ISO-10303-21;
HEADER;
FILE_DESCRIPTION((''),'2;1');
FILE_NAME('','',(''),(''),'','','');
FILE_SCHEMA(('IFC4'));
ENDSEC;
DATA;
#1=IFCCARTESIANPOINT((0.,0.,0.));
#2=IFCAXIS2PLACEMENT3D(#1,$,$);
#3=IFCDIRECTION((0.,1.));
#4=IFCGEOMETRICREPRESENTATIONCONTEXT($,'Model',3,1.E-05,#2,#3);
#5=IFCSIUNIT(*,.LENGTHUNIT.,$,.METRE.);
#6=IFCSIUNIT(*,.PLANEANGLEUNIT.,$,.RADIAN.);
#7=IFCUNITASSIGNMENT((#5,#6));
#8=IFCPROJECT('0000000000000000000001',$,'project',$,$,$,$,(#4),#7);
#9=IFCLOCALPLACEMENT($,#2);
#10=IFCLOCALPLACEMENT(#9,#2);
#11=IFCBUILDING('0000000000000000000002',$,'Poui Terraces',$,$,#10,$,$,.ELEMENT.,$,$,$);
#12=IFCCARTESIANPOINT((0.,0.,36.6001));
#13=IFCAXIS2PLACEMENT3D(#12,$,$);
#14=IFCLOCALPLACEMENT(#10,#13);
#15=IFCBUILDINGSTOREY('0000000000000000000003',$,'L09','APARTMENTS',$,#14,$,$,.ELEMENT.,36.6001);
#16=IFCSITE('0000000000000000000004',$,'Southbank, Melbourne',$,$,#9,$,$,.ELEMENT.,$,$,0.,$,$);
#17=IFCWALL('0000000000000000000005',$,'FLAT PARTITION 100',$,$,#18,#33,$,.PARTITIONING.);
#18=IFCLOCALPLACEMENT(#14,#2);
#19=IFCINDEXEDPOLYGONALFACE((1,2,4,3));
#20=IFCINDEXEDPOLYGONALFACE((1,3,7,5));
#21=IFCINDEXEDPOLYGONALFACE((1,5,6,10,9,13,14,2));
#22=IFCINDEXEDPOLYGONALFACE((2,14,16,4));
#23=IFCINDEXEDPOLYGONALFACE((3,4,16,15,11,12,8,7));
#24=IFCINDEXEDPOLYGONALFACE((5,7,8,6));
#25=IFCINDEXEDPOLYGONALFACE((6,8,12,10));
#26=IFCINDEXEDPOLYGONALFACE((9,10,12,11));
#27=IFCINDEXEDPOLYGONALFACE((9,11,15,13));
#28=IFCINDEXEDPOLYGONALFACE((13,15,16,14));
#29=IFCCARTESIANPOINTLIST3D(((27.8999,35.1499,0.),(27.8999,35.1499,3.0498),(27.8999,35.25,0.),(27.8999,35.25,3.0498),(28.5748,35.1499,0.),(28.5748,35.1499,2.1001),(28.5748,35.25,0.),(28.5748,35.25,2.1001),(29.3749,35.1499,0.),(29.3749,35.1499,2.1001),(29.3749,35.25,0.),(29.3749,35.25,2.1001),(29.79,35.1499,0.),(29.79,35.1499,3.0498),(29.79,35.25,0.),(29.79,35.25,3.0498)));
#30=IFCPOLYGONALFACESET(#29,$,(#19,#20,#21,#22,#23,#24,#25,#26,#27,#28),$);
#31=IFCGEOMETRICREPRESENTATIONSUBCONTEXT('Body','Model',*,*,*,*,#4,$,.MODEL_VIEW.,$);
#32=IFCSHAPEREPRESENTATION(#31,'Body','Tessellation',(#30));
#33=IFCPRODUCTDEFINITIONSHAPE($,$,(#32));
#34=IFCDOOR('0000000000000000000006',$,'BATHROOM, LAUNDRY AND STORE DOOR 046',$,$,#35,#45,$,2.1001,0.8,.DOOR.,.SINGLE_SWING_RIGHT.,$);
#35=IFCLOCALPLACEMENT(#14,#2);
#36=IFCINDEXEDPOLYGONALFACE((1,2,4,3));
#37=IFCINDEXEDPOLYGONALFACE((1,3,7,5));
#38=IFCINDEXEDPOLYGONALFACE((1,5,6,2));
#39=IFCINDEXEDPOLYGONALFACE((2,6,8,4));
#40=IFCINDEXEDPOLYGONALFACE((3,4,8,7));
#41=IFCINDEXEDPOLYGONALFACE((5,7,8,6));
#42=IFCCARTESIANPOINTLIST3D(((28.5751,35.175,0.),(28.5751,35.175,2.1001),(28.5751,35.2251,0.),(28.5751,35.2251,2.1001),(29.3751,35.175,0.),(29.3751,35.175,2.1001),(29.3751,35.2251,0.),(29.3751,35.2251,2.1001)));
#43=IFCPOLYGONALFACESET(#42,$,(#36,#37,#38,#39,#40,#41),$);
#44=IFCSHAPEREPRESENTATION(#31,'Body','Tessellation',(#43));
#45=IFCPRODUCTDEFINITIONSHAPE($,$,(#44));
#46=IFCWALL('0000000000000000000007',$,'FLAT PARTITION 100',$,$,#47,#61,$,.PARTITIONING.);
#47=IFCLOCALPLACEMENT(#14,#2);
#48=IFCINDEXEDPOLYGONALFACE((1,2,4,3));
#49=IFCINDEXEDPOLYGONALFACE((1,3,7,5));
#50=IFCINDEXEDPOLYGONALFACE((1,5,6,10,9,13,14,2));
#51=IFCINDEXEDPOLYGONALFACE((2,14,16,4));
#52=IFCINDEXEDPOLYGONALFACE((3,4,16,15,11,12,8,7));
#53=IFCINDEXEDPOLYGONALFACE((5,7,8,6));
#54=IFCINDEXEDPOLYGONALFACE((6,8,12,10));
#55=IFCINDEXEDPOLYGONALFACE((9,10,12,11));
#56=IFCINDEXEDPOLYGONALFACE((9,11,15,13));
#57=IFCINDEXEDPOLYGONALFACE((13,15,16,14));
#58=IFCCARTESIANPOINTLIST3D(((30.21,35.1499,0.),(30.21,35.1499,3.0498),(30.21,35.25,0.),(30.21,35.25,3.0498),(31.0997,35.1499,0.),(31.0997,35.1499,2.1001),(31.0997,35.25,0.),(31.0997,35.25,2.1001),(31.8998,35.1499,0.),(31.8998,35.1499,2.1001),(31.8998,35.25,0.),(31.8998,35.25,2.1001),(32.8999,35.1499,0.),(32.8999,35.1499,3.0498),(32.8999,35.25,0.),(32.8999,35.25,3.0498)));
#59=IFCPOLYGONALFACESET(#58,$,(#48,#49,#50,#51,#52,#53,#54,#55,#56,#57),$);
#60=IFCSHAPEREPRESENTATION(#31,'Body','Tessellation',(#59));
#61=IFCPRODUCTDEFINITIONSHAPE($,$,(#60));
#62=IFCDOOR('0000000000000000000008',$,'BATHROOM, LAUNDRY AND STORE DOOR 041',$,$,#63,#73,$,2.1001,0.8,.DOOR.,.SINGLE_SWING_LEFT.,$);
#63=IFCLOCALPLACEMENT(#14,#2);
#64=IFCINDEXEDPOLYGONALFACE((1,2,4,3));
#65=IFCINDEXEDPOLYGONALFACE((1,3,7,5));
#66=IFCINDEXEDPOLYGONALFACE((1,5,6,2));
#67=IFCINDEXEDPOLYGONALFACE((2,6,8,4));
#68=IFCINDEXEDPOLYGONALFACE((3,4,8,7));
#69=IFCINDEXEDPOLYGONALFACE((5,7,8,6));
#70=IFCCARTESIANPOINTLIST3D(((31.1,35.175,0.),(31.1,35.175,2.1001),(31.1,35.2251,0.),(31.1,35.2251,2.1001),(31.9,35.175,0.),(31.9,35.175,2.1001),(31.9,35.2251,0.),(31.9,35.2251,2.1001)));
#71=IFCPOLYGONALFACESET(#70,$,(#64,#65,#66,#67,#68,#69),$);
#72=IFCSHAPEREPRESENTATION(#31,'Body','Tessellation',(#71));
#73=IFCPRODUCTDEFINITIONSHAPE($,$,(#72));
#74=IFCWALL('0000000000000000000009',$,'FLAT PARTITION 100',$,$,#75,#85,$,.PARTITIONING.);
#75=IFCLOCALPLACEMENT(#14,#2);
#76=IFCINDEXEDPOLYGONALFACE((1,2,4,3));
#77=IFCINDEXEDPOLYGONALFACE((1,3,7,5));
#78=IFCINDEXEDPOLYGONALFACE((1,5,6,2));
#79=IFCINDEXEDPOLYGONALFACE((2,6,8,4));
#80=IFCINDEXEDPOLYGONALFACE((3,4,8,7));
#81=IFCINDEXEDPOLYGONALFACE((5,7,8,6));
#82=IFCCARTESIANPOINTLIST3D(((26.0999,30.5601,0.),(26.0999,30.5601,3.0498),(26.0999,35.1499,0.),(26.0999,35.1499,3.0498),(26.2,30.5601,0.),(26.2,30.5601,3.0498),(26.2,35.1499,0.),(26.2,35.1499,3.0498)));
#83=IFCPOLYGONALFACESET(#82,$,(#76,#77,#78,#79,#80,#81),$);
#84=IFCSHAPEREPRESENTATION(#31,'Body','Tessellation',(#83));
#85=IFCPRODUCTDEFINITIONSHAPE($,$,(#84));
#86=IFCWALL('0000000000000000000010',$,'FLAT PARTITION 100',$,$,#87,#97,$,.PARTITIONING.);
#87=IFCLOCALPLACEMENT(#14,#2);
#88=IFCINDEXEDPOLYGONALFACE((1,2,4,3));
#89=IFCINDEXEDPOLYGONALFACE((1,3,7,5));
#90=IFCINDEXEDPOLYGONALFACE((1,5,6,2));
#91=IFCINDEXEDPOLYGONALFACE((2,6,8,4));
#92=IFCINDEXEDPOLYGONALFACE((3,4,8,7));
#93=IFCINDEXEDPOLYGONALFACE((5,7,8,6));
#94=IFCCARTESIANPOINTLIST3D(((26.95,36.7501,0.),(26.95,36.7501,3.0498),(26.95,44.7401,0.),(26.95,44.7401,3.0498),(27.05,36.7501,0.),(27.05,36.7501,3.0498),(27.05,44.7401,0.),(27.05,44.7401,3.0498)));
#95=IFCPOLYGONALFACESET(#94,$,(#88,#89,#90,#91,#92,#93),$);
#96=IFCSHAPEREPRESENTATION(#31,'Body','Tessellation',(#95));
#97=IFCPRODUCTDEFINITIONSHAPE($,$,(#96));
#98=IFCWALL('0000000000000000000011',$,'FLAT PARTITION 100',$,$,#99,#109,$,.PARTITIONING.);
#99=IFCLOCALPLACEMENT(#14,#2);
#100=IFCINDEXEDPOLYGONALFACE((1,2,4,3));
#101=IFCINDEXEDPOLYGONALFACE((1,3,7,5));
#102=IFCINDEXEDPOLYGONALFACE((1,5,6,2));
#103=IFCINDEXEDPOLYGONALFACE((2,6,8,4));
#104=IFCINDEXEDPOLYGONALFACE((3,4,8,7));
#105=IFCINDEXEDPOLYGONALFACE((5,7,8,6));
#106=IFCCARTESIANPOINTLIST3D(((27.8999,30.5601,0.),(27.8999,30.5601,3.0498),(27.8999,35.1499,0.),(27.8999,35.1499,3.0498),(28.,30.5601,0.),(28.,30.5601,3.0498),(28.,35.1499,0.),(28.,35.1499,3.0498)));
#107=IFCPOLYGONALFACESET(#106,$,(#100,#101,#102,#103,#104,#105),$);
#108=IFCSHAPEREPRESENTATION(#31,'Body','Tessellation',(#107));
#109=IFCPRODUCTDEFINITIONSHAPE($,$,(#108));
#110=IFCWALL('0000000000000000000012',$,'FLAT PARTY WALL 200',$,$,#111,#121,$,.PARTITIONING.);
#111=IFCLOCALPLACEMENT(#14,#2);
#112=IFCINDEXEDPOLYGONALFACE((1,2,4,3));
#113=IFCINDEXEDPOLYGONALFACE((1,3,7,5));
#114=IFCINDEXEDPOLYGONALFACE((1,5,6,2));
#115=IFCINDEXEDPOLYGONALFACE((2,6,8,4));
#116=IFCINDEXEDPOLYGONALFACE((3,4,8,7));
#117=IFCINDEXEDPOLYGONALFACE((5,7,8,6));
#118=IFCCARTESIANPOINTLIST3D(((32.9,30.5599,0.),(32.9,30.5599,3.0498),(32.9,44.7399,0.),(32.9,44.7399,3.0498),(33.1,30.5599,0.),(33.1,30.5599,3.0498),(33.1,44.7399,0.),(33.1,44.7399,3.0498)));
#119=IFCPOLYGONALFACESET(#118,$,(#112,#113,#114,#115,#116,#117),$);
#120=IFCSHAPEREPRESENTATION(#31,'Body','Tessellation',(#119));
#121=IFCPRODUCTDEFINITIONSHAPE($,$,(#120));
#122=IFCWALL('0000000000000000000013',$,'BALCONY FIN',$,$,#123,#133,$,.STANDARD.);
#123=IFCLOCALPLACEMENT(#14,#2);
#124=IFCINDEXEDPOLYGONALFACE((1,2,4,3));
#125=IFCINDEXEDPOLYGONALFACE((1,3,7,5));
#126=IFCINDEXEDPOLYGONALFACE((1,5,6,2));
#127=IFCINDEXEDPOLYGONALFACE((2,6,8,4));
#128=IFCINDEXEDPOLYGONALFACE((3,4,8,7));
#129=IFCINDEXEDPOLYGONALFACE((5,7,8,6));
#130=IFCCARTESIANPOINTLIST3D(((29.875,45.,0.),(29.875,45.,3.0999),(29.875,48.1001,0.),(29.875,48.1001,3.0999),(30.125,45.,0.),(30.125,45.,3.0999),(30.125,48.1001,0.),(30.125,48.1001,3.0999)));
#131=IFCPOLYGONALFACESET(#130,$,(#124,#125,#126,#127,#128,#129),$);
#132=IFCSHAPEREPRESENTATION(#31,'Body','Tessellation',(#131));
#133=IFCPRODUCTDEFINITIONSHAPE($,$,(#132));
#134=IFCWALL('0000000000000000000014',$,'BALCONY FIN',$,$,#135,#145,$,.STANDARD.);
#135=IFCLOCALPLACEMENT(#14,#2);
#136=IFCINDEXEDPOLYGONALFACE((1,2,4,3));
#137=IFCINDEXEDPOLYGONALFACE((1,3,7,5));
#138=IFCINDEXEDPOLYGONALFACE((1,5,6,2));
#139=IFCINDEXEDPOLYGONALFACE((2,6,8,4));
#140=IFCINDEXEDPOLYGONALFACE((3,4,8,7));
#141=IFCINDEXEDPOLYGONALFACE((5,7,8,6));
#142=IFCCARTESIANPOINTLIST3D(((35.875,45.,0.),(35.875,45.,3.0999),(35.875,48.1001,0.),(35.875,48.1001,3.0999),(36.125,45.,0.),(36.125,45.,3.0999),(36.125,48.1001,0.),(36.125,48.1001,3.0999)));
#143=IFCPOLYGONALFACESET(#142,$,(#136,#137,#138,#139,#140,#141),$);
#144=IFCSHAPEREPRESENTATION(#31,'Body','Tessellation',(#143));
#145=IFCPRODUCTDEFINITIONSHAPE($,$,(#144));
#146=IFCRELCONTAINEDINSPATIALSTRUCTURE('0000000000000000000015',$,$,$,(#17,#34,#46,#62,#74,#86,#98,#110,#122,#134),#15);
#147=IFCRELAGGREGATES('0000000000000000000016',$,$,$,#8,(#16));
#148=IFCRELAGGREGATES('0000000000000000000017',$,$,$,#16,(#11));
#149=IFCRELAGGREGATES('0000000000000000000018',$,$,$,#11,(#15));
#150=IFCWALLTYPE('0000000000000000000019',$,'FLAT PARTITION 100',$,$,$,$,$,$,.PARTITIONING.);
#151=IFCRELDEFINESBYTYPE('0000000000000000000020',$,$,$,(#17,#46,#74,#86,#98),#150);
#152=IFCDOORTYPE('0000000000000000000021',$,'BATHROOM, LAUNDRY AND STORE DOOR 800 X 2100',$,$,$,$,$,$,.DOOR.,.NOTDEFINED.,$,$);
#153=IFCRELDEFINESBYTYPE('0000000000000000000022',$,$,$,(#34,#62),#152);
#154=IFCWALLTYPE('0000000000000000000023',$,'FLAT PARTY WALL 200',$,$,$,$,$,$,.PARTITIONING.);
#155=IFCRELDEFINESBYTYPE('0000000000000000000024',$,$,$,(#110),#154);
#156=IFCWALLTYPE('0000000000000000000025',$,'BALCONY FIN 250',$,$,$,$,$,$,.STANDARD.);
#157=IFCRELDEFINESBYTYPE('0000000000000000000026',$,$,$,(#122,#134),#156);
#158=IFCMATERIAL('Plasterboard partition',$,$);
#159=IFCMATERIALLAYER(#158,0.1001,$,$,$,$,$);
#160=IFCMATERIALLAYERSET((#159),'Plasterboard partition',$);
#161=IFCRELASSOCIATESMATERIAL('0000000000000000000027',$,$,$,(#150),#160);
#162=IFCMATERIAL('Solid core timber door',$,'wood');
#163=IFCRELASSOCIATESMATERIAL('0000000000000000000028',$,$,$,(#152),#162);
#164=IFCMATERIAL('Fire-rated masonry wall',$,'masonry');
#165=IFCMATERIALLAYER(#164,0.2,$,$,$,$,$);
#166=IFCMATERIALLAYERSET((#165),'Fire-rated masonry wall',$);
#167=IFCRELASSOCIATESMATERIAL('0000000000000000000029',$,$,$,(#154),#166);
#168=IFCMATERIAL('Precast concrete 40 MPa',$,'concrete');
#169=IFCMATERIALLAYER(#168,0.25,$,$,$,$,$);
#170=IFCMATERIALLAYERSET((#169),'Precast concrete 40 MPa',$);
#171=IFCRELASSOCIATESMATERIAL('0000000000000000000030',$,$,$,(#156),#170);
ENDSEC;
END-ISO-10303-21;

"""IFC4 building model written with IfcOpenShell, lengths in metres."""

from ifc_helpers import new_model, si_unit, direction, frame, frame_2d, origin, place, context, subcontext, project, spatial, polyline, rectangle, outline, extrude, source, transform, mapped, material, layer, layer_set, type_object, element, fill, save


model = new_model("IFC4")

# Units and contexts
model_context = context("Model", 3, precision=1e-05, world=origin(), true_north=direction((0.0, 1.0)))
body_context = subcontext(model_context, "Body", "Model", "MODEL_VIEW")
ifc_project = project(units=[si_unit("LENGTHUNIT", "METRE"), si_unit("PLANEANGLEUNIT", "RADIAN")], contexts=[model_context])

# Site, building, storey
site_placement = place(None, origin())
site = spatial("IfcSite", under=ifc_project, at=site_placement, Name="Southbank, Melbourne", CompositionType="ELEMENT", RefElevation=0.0)
building_placement = place(site_placement, origin())
building = spatial("IfcBuilding", under=site, at=building_placement, Name="Poui Terraces", CompositionType="ELEMENT")
storey_placement = place(building_placement, frame((0.0, 0.0, 36.6001)))
storey = spatial("IfcBuildingStorey", under=building, at=storey_placement, Name="L09", Description="APARTMENTS", CompositionType="ELEMENT", Elevation=36.6001)

# Walls, openings, doors
ifc_material_1 = material(Name="Solid core timber door", Category="wood")
ifc_material_2 = material(Name="Plasterboard partition")
ifc_layer_1 = layer(ifc_material_2, 0.1001)
ifc_layer_set_1 = layer_set([ifc_layer_1], Name="Plasterboard partition")
wall_type_1 = type_object("IfcWallType", Name="FLAT PARTITION 100", PredefinedType="PARTITIONING", material=ifc_layer_set_1)
door_type_1 = type_object("IfcDoorType", Name="BATHROOM, LAUNDRY AND STORE DOOR 800 X 2100", OperationType="NOTDEFINED", PredefinedType="DOOR", material=ifc_material_1)
wall_1_placement = place(storey_placement, frame((27.8999, 35.2, 0.0), z_axis=(0.0, 0.0, 1.0), x_axis=(1.0, 0.0, 0.0)))
wall_1 = element("IfcWall", 1, at=wall_1_placement, inside=storey, type_object=wall_type_1, Name="FLAT PARTITION 100", PredefinedType="PARTITIONING", context=body_context, shape_type="SweptSolid", body=[
    extrude(rectangle(XDim=1.8901, YDim=0.1001, at=frame_2d((0.9451, 0.0))), origin(), (0.0, 0.0, 1.0), 3.0498),
])
opening_1_placement = place(wall_1_placement, frame((0.675, 0.0, 0.0)))
opening_1 = element("IfcOpeningElement", 2, at=opening_1_placement, cuts=wall_1, PredefinedType="OPENING", context=body_context, shape_type="SweptSolid", body=[
    extrude(rectangle(XDim=0.8, YDim=2.1001, at=frame_2d((0.3999, 1.05))), frame((0.0, 0.0601, 0.0), z_axis=(0.0, -1.0, 0.0), x_axis=(1.0, 0.0, 0.0)), (0.0, 0.0, 1.0), 0.1201),
])
door_1_placement = place(opening_1_placement, frame((0.8, 0.0, 0.0), z_axis=(0.0, 0.0, 1.0), x_axis=(-1.0, 0.0, 0.0)))
door_1 = element("IfcDoor", 3, at=door_1_placement, inside=storey, type_object=door_type_1, Name="BATHROOM, LAUNDRY AND STORE DOOR 046", OperationType="SINGLE_SWING_RIGHT", OverallHeight=2.1001, OverallWidth=0.8, PredefinedType="DOOR", context=body_context, shape_type="SweptSolid", body=[
    extrude(rectangle(XDim=0.8, YDim=2.1001, at=frame_2d((0.3999, 1.05))), frame((0.0, 0.0249, 0.0), z_axis=(0.0, -1.0, 0.0), x_axis=(1.0, 0.0, 0.0)), (0.0, 0.0, 1.0), 0.05),
])
fill(opening_1, door_1)
wall_2_placement = place(storey_placement, frame((30.21, 35.2, 0.0), z_axis=(0.0, 0.0, 1.0), x_axis=(1.0, 0.0, 0.0)))
wall_2 = element("IfcWall", 4, at=wall_2_placement, inside=storey, type_object=wall_type_1, Name="FLAT PARTITION 100", PredefinedType="PARTITIONING", context=body_context, shape_type="SweptSolid", body=[
    extrude(rectangle(XDim=2.6899, YDim=0.1001, at=frame_2d((1.345, 0.0))), origin(), (0.0, 0.0, 1.0), 3.0498),
])
opening_2_placement = place(wall_2_placement, frame((0.8899, 0.0, 0.0)))
opening_2 = element("IfcOpeningElement", 5, at=opening_2_placement, cuts=wall_2, PredefinedType="OPENING", context=body_context, shape_type="SweptSolid", body=[
    extrude(rectangle(XDim=0.8, YDim=2.1001, at=frame_2d((0.3999, 1.05))), frame((0.0, 0.0601, 0.0), z_axis=(0.0, -1.0, 0.0), x_axis=(1.0, 0.0, 0.0)), (0.0, 0.0, 1.0), 0.1201),
])
door_2_placement = place(opening_2_placement, frame((0.8, 0.0, 0.0), z_axis=(0.0, 0.0, 1.0), x_axis=(-1.0, 0.0, 0.0)))
door_2 = element("IfcDoor", 6, at=door_2_placement, inside=storey, type_object=door_type_1, Name="BATHROOM, LAUNDRY AND STORE DOOR 041", OperationType="SINGLE_SWING_LEFT", OverallHeight=2.1001, OverallWidth=0.8, PredefinedType="DOOR", context=body_context, shape_type="SweptSolid", body=[
    extrude(rectangle(XDim=0.8, YDim=2.1001, at=frame_2d((0.3999, 1.05))), frame((0.0, 0.0249, 0.0), z_axis=(0.0, -1.0, 0.0), x_axis=(1.0, 0.0, 0.0)), (0.0, 0.0, 1.0), 0.05),
])
fill(opening_2, door_2)

# Walls
wall_3_placement = place(storey_placement, frame((26.1499, 30.5601, 0.0), z_axis=(0.0, 0.0, 1.0), x_axis=(0.0, 1.0, 0.0)))
element("IfcWall", 7, at=wall_3_placement, inside=storey, type_object=wall_type_1, Name="FLAT PARTITION 100", PredefinedType="PARTITIONING", context=body_context, shape_type="SweptSolid", body=[
    extrude(rectangle(XDim=4.5898, YDim=0.1001, at=frame_2d((2.2949, 0.0))), origin(), (0.0, 0.0, 1.0), 3.0498),
])
wall_4_placement = place(storey_placement, frame((27.0, 36.75, 0.0), z_axis=(0.0, 0.0, 1.0), x_axis=(0.0, 1.0, 0.0)))
element("IfcWall", 8, at=wall_4_placement, inside=storey, type_object=wall_type_1, Name="FLAT PARTITION 100", PredefinedType="PARTITIONING", context=body_context, shape_type="SweptSolid", body=[
    extrude(rectangle(XDim=7.99, YDim=0.1001, at=frame_2d((3.9951, 0.0))), origin(), (0.0, 0.0, 1.0), 3.0498),
])
wall_5_placement = place(storey_placement, frame((27.95, 30.5601, 0.0), z_axis=(0.0, 0.0, 1.0), x_axis=(0.0, 1.0, 0.0)))
element("IfcWall", 9, at=wall_5_placement, inside=storey, type_object=wall_type_1, Name="FLAT PARTITION 100", PredefinedType="PARTITIONING", context=body_context, shape_type="SweptSolid", body=[
    extrude(rectangle(XDim=4.5898, YDim=0.1001, at=frame_2d((2.2949, 0.0))), origin(), (0.0, 0.0, 1.0), 3.0498),
])
ifc_material_3 = material(Name="Fire-rated masonry wall", Category="masonry")
ifc_layer_2 = layer(ifc_material_3, 0.2)
ifc_layer_set_2 = layer_set([ifc_layer_2], Name="Fire-rated masonry wall")
wall_type_2 = type_object("IfcWallType", Name="FLAT PARTY WALL 200", PredefinedType="PARTITIONING", material=ifc_layer_set_2)
wall_6_placement = place(storey_placement, frame((33.0, 30.5601, 0.0), z_axis=(0.0, 0.0, 1.0), x_axis=(0.0, 1.0, 0.0)))
element("IfcWall", 10, at=wall_6_placement, inside=storey, type_object=wall_type_2, Name="FLAT PARTY WALL 200", PredefinedType="PARTITIONING", context=body_context, shape_type="SweptSolid", body=[
    extrude(rectangle(XDim=14.1799, YDim=0.2, at=frame_2d((7.0898, 0.0))), origin(), (0.0, 0.0, 1.0), 3.0498),
])
ifc_material_4 = material(Name="Precast concrete 40 MPa", Category="concrete")
ifc_layer_3 = layer(ifc_material_4, 0.25)
ifc_layer_set_3 = layer_set([ifc_layer_3], Name="Precast concrete 40 MPa")
wall_type_3 = type_object("IfcWallType", Name="BALCONY FIN 250", PredefinedType="STANDARD", material=ifc_layer_set_3)
shared_shape_1 = source(origin(), body_context, "Body", "SweptSolid", [
    extrude(outline(polyline([(0.0, 0.0), (0.25, 0.0), (0.25, 3.1001), (0.0, 3.1001), (0.0, 0.0)])), origin(), (0.0, 0.0, 1.0), 3.0999),
])
for number, where, name in (
    (11, (29.875, 45.0, 0.0), "BALCONY FIN"),
    (12, (35.875, 45.0, 0.0), "BALCONY FIN"),
):
    element("IfcWall", number, at=place(storey_placement, frame(where)), inside=storey, type_object=wall_type_3, Name=name, PredefinedType="STANDARD", context=body_context, shape_type="MappedRepresentation", body=[
        mapped(shared_shape_1, transform((0.0, 0.0, 0.0))),
    ])

save(model, "model.ifc")
